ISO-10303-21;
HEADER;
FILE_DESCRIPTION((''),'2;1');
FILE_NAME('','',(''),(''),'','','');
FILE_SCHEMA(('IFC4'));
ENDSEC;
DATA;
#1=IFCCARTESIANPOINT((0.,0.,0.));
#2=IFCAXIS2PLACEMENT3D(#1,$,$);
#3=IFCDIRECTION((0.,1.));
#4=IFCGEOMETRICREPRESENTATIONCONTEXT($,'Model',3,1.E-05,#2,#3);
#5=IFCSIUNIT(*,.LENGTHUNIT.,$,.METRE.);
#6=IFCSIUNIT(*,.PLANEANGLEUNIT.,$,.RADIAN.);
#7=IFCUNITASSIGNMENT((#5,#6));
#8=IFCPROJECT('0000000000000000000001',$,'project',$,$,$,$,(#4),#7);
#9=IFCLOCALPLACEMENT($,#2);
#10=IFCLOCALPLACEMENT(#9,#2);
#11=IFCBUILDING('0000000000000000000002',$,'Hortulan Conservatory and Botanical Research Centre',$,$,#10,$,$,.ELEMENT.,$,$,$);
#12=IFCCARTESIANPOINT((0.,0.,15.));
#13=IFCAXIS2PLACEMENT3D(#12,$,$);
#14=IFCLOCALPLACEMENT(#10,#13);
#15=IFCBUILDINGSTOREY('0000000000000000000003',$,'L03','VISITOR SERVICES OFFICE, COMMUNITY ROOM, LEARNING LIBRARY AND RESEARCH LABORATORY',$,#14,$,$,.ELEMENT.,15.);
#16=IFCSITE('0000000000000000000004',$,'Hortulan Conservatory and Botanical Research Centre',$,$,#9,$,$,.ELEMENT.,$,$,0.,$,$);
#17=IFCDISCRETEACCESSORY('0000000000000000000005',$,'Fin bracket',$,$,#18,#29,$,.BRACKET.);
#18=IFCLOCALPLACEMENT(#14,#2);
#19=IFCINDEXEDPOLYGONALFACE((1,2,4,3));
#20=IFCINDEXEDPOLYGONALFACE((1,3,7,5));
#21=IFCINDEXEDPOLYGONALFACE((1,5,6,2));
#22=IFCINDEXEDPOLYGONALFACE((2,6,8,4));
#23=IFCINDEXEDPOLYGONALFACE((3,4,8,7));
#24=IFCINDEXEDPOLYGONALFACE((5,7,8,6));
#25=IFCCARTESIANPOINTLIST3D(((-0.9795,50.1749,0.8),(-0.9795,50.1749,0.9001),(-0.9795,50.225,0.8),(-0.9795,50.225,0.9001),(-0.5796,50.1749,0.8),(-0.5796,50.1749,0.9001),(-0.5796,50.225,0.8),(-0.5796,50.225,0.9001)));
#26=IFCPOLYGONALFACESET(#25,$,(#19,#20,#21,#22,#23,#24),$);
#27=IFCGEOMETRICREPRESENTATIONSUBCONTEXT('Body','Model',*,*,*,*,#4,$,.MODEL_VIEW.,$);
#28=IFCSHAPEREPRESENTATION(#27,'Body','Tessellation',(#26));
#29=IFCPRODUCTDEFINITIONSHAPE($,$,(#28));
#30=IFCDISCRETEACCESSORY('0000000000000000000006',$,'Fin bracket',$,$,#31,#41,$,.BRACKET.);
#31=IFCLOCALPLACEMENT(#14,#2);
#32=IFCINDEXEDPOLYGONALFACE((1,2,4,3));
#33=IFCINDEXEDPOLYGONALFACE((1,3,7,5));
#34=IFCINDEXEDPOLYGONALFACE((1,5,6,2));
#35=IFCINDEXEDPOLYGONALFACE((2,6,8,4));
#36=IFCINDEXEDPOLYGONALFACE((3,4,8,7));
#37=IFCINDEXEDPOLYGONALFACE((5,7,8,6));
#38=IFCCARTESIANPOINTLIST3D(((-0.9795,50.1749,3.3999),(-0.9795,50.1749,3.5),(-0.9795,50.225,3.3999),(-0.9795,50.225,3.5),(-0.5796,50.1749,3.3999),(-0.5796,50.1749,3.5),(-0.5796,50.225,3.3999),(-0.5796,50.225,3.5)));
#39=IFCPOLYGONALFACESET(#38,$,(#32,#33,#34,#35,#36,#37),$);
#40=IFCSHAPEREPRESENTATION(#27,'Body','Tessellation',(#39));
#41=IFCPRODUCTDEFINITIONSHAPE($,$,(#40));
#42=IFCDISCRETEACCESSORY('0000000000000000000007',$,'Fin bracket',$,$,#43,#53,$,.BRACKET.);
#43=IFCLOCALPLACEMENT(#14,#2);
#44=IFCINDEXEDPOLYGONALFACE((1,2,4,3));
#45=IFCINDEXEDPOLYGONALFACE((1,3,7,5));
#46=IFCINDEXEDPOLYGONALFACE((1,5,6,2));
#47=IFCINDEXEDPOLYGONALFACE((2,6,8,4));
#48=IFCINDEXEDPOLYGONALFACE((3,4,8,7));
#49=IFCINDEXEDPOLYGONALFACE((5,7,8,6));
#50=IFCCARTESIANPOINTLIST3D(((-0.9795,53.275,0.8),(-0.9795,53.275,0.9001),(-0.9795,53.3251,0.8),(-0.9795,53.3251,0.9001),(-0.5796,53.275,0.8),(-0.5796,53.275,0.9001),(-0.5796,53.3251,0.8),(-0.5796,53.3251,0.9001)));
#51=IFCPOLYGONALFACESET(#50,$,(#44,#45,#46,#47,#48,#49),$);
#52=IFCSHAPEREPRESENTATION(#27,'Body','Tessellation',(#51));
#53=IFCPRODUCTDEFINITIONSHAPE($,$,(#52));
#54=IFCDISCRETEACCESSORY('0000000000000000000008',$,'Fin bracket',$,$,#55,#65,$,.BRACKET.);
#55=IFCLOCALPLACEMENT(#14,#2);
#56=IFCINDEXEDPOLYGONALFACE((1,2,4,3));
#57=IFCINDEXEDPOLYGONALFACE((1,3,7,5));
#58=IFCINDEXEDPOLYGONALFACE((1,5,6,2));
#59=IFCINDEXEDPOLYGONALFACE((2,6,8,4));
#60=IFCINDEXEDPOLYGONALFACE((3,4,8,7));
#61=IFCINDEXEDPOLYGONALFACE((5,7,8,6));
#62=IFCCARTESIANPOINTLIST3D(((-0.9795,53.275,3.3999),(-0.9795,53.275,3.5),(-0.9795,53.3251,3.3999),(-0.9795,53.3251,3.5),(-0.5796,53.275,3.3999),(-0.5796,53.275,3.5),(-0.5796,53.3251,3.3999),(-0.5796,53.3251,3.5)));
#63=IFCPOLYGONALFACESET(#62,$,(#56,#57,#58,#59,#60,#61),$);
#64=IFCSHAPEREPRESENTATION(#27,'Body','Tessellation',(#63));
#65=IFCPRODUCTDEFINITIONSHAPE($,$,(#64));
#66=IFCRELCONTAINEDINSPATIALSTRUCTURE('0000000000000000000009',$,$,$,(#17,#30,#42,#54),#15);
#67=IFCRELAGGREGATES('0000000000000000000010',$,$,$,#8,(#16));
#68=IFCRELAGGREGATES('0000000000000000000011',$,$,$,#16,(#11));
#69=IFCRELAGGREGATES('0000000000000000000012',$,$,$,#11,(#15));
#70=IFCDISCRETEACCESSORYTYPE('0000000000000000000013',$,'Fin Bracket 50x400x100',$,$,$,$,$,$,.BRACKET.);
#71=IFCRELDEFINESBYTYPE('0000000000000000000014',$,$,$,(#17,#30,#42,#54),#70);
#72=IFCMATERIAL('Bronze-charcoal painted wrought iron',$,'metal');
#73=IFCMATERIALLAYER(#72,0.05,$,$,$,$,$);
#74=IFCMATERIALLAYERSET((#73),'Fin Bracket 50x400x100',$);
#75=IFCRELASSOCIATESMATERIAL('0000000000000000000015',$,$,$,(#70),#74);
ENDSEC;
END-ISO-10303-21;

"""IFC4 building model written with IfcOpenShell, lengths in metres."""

from ifc_helpers import new_model, si_unit, direction, frame, origin, origin_2d, place, context, subcontext, project, spatial, rectangle, extrude, material, layer, layer_set, type_object, element, save


model = new_model("IFC4")

# Units and contexts
model_context = context("Model", 3, precision=1e-05, world=origin(), true_north=direction((0.0, 1.0)))
body_context = subcontext(model_context, "Body", "Model", "MODEL_VIEW")
ifc_project = project(units=[si_unit("LENGTHUNIT", "METRE"), si_unit("PLANEANGLEUNIT", "RADIAN")], contexts=[model_context])

# Site, building, storey
site_placement = place(None, origin())
site = spatial("IfcSite", under=ifc_project, at=site_placement, Name="Hortulan Conservatory and Botanical Research Centre", CompositionType="ELEMENT", RefElevation=0.0)
building_placement = place(site_placement, origin())
building = spatial("IfcBuilding", under=site, at=building_placement, Name="Hortulan Conservatory and Botanical Research Centre", CompositionType="ELEMENT")
storey_placement = place(building_placement, frame((0.0, 0.0, 15.0)))
storey = spatial("IfcBuildingStorey", under=building, at=storey_placement, Name="L03", Description="VISITOR SERVICES OFFICE, COMMUNITY ROOM, LEARNING LIBRARY AND RESEARCH LABORATORY", CompositionType="ELEMENT", Elevation=15.0)

# Discrete accessories
ifc_material_1 = material(Name="Bronze-charcoal painted wrought iron", Category="metal")
ifc_layer_1 = layer(ifc_material_1, 0.05)
ifc_layer_set_1 = layer_set([ifc_layer_1], Name="Fin Bracket 50x400x100")
discrete_accessory_type_1 = type_object("IfcDiscreteAccessoryType", Name="Fin Bracket 50x400x100", PredefinedType="BRACKET", material=ifc_layer_set_1)
for number, where, z_axis, x_axis, name in (
    (1, (-0.7795, 50.2, 0.8), (0.0, 0.0, 1.0), (0.0, 1.0, 0.0), "Fin bracket"),
    (2, (-0.7795, 50.2, 3.3999), (0.0, 0.0, 1.0), (0.0, 1.0, 0.0), "Fin bracket"),
    (3, (-0.7795, 53.3, 0.8), (0.0, 0.0, 1.0), (0.0, 1.0, 0.0), "Fin bracket"),
    (4, (-0.7795, 53.3, 3.3999), (0.0, 0.0, 1.0), (0.0, 1.0, 0.0), "Fin bracket"),
):
    element("IfcDiscreteAccessory", number, at=place(storey_placement, frame(where, z_axis=z_axis, x_axis=x_axis)), inside=storey, type_object=discrete_accessory_type_1, Name=name, PredefinedType="BRACKET", context=body_context, shape_type="SweptSolid", body=[
        extrude(rectangle(XDim=0.05, YDim=0.3999, at=origin_2d()), origin(), (0.0, 0.0, 1.0), 0.1001),
    ])

save(model, "model.ifc")
